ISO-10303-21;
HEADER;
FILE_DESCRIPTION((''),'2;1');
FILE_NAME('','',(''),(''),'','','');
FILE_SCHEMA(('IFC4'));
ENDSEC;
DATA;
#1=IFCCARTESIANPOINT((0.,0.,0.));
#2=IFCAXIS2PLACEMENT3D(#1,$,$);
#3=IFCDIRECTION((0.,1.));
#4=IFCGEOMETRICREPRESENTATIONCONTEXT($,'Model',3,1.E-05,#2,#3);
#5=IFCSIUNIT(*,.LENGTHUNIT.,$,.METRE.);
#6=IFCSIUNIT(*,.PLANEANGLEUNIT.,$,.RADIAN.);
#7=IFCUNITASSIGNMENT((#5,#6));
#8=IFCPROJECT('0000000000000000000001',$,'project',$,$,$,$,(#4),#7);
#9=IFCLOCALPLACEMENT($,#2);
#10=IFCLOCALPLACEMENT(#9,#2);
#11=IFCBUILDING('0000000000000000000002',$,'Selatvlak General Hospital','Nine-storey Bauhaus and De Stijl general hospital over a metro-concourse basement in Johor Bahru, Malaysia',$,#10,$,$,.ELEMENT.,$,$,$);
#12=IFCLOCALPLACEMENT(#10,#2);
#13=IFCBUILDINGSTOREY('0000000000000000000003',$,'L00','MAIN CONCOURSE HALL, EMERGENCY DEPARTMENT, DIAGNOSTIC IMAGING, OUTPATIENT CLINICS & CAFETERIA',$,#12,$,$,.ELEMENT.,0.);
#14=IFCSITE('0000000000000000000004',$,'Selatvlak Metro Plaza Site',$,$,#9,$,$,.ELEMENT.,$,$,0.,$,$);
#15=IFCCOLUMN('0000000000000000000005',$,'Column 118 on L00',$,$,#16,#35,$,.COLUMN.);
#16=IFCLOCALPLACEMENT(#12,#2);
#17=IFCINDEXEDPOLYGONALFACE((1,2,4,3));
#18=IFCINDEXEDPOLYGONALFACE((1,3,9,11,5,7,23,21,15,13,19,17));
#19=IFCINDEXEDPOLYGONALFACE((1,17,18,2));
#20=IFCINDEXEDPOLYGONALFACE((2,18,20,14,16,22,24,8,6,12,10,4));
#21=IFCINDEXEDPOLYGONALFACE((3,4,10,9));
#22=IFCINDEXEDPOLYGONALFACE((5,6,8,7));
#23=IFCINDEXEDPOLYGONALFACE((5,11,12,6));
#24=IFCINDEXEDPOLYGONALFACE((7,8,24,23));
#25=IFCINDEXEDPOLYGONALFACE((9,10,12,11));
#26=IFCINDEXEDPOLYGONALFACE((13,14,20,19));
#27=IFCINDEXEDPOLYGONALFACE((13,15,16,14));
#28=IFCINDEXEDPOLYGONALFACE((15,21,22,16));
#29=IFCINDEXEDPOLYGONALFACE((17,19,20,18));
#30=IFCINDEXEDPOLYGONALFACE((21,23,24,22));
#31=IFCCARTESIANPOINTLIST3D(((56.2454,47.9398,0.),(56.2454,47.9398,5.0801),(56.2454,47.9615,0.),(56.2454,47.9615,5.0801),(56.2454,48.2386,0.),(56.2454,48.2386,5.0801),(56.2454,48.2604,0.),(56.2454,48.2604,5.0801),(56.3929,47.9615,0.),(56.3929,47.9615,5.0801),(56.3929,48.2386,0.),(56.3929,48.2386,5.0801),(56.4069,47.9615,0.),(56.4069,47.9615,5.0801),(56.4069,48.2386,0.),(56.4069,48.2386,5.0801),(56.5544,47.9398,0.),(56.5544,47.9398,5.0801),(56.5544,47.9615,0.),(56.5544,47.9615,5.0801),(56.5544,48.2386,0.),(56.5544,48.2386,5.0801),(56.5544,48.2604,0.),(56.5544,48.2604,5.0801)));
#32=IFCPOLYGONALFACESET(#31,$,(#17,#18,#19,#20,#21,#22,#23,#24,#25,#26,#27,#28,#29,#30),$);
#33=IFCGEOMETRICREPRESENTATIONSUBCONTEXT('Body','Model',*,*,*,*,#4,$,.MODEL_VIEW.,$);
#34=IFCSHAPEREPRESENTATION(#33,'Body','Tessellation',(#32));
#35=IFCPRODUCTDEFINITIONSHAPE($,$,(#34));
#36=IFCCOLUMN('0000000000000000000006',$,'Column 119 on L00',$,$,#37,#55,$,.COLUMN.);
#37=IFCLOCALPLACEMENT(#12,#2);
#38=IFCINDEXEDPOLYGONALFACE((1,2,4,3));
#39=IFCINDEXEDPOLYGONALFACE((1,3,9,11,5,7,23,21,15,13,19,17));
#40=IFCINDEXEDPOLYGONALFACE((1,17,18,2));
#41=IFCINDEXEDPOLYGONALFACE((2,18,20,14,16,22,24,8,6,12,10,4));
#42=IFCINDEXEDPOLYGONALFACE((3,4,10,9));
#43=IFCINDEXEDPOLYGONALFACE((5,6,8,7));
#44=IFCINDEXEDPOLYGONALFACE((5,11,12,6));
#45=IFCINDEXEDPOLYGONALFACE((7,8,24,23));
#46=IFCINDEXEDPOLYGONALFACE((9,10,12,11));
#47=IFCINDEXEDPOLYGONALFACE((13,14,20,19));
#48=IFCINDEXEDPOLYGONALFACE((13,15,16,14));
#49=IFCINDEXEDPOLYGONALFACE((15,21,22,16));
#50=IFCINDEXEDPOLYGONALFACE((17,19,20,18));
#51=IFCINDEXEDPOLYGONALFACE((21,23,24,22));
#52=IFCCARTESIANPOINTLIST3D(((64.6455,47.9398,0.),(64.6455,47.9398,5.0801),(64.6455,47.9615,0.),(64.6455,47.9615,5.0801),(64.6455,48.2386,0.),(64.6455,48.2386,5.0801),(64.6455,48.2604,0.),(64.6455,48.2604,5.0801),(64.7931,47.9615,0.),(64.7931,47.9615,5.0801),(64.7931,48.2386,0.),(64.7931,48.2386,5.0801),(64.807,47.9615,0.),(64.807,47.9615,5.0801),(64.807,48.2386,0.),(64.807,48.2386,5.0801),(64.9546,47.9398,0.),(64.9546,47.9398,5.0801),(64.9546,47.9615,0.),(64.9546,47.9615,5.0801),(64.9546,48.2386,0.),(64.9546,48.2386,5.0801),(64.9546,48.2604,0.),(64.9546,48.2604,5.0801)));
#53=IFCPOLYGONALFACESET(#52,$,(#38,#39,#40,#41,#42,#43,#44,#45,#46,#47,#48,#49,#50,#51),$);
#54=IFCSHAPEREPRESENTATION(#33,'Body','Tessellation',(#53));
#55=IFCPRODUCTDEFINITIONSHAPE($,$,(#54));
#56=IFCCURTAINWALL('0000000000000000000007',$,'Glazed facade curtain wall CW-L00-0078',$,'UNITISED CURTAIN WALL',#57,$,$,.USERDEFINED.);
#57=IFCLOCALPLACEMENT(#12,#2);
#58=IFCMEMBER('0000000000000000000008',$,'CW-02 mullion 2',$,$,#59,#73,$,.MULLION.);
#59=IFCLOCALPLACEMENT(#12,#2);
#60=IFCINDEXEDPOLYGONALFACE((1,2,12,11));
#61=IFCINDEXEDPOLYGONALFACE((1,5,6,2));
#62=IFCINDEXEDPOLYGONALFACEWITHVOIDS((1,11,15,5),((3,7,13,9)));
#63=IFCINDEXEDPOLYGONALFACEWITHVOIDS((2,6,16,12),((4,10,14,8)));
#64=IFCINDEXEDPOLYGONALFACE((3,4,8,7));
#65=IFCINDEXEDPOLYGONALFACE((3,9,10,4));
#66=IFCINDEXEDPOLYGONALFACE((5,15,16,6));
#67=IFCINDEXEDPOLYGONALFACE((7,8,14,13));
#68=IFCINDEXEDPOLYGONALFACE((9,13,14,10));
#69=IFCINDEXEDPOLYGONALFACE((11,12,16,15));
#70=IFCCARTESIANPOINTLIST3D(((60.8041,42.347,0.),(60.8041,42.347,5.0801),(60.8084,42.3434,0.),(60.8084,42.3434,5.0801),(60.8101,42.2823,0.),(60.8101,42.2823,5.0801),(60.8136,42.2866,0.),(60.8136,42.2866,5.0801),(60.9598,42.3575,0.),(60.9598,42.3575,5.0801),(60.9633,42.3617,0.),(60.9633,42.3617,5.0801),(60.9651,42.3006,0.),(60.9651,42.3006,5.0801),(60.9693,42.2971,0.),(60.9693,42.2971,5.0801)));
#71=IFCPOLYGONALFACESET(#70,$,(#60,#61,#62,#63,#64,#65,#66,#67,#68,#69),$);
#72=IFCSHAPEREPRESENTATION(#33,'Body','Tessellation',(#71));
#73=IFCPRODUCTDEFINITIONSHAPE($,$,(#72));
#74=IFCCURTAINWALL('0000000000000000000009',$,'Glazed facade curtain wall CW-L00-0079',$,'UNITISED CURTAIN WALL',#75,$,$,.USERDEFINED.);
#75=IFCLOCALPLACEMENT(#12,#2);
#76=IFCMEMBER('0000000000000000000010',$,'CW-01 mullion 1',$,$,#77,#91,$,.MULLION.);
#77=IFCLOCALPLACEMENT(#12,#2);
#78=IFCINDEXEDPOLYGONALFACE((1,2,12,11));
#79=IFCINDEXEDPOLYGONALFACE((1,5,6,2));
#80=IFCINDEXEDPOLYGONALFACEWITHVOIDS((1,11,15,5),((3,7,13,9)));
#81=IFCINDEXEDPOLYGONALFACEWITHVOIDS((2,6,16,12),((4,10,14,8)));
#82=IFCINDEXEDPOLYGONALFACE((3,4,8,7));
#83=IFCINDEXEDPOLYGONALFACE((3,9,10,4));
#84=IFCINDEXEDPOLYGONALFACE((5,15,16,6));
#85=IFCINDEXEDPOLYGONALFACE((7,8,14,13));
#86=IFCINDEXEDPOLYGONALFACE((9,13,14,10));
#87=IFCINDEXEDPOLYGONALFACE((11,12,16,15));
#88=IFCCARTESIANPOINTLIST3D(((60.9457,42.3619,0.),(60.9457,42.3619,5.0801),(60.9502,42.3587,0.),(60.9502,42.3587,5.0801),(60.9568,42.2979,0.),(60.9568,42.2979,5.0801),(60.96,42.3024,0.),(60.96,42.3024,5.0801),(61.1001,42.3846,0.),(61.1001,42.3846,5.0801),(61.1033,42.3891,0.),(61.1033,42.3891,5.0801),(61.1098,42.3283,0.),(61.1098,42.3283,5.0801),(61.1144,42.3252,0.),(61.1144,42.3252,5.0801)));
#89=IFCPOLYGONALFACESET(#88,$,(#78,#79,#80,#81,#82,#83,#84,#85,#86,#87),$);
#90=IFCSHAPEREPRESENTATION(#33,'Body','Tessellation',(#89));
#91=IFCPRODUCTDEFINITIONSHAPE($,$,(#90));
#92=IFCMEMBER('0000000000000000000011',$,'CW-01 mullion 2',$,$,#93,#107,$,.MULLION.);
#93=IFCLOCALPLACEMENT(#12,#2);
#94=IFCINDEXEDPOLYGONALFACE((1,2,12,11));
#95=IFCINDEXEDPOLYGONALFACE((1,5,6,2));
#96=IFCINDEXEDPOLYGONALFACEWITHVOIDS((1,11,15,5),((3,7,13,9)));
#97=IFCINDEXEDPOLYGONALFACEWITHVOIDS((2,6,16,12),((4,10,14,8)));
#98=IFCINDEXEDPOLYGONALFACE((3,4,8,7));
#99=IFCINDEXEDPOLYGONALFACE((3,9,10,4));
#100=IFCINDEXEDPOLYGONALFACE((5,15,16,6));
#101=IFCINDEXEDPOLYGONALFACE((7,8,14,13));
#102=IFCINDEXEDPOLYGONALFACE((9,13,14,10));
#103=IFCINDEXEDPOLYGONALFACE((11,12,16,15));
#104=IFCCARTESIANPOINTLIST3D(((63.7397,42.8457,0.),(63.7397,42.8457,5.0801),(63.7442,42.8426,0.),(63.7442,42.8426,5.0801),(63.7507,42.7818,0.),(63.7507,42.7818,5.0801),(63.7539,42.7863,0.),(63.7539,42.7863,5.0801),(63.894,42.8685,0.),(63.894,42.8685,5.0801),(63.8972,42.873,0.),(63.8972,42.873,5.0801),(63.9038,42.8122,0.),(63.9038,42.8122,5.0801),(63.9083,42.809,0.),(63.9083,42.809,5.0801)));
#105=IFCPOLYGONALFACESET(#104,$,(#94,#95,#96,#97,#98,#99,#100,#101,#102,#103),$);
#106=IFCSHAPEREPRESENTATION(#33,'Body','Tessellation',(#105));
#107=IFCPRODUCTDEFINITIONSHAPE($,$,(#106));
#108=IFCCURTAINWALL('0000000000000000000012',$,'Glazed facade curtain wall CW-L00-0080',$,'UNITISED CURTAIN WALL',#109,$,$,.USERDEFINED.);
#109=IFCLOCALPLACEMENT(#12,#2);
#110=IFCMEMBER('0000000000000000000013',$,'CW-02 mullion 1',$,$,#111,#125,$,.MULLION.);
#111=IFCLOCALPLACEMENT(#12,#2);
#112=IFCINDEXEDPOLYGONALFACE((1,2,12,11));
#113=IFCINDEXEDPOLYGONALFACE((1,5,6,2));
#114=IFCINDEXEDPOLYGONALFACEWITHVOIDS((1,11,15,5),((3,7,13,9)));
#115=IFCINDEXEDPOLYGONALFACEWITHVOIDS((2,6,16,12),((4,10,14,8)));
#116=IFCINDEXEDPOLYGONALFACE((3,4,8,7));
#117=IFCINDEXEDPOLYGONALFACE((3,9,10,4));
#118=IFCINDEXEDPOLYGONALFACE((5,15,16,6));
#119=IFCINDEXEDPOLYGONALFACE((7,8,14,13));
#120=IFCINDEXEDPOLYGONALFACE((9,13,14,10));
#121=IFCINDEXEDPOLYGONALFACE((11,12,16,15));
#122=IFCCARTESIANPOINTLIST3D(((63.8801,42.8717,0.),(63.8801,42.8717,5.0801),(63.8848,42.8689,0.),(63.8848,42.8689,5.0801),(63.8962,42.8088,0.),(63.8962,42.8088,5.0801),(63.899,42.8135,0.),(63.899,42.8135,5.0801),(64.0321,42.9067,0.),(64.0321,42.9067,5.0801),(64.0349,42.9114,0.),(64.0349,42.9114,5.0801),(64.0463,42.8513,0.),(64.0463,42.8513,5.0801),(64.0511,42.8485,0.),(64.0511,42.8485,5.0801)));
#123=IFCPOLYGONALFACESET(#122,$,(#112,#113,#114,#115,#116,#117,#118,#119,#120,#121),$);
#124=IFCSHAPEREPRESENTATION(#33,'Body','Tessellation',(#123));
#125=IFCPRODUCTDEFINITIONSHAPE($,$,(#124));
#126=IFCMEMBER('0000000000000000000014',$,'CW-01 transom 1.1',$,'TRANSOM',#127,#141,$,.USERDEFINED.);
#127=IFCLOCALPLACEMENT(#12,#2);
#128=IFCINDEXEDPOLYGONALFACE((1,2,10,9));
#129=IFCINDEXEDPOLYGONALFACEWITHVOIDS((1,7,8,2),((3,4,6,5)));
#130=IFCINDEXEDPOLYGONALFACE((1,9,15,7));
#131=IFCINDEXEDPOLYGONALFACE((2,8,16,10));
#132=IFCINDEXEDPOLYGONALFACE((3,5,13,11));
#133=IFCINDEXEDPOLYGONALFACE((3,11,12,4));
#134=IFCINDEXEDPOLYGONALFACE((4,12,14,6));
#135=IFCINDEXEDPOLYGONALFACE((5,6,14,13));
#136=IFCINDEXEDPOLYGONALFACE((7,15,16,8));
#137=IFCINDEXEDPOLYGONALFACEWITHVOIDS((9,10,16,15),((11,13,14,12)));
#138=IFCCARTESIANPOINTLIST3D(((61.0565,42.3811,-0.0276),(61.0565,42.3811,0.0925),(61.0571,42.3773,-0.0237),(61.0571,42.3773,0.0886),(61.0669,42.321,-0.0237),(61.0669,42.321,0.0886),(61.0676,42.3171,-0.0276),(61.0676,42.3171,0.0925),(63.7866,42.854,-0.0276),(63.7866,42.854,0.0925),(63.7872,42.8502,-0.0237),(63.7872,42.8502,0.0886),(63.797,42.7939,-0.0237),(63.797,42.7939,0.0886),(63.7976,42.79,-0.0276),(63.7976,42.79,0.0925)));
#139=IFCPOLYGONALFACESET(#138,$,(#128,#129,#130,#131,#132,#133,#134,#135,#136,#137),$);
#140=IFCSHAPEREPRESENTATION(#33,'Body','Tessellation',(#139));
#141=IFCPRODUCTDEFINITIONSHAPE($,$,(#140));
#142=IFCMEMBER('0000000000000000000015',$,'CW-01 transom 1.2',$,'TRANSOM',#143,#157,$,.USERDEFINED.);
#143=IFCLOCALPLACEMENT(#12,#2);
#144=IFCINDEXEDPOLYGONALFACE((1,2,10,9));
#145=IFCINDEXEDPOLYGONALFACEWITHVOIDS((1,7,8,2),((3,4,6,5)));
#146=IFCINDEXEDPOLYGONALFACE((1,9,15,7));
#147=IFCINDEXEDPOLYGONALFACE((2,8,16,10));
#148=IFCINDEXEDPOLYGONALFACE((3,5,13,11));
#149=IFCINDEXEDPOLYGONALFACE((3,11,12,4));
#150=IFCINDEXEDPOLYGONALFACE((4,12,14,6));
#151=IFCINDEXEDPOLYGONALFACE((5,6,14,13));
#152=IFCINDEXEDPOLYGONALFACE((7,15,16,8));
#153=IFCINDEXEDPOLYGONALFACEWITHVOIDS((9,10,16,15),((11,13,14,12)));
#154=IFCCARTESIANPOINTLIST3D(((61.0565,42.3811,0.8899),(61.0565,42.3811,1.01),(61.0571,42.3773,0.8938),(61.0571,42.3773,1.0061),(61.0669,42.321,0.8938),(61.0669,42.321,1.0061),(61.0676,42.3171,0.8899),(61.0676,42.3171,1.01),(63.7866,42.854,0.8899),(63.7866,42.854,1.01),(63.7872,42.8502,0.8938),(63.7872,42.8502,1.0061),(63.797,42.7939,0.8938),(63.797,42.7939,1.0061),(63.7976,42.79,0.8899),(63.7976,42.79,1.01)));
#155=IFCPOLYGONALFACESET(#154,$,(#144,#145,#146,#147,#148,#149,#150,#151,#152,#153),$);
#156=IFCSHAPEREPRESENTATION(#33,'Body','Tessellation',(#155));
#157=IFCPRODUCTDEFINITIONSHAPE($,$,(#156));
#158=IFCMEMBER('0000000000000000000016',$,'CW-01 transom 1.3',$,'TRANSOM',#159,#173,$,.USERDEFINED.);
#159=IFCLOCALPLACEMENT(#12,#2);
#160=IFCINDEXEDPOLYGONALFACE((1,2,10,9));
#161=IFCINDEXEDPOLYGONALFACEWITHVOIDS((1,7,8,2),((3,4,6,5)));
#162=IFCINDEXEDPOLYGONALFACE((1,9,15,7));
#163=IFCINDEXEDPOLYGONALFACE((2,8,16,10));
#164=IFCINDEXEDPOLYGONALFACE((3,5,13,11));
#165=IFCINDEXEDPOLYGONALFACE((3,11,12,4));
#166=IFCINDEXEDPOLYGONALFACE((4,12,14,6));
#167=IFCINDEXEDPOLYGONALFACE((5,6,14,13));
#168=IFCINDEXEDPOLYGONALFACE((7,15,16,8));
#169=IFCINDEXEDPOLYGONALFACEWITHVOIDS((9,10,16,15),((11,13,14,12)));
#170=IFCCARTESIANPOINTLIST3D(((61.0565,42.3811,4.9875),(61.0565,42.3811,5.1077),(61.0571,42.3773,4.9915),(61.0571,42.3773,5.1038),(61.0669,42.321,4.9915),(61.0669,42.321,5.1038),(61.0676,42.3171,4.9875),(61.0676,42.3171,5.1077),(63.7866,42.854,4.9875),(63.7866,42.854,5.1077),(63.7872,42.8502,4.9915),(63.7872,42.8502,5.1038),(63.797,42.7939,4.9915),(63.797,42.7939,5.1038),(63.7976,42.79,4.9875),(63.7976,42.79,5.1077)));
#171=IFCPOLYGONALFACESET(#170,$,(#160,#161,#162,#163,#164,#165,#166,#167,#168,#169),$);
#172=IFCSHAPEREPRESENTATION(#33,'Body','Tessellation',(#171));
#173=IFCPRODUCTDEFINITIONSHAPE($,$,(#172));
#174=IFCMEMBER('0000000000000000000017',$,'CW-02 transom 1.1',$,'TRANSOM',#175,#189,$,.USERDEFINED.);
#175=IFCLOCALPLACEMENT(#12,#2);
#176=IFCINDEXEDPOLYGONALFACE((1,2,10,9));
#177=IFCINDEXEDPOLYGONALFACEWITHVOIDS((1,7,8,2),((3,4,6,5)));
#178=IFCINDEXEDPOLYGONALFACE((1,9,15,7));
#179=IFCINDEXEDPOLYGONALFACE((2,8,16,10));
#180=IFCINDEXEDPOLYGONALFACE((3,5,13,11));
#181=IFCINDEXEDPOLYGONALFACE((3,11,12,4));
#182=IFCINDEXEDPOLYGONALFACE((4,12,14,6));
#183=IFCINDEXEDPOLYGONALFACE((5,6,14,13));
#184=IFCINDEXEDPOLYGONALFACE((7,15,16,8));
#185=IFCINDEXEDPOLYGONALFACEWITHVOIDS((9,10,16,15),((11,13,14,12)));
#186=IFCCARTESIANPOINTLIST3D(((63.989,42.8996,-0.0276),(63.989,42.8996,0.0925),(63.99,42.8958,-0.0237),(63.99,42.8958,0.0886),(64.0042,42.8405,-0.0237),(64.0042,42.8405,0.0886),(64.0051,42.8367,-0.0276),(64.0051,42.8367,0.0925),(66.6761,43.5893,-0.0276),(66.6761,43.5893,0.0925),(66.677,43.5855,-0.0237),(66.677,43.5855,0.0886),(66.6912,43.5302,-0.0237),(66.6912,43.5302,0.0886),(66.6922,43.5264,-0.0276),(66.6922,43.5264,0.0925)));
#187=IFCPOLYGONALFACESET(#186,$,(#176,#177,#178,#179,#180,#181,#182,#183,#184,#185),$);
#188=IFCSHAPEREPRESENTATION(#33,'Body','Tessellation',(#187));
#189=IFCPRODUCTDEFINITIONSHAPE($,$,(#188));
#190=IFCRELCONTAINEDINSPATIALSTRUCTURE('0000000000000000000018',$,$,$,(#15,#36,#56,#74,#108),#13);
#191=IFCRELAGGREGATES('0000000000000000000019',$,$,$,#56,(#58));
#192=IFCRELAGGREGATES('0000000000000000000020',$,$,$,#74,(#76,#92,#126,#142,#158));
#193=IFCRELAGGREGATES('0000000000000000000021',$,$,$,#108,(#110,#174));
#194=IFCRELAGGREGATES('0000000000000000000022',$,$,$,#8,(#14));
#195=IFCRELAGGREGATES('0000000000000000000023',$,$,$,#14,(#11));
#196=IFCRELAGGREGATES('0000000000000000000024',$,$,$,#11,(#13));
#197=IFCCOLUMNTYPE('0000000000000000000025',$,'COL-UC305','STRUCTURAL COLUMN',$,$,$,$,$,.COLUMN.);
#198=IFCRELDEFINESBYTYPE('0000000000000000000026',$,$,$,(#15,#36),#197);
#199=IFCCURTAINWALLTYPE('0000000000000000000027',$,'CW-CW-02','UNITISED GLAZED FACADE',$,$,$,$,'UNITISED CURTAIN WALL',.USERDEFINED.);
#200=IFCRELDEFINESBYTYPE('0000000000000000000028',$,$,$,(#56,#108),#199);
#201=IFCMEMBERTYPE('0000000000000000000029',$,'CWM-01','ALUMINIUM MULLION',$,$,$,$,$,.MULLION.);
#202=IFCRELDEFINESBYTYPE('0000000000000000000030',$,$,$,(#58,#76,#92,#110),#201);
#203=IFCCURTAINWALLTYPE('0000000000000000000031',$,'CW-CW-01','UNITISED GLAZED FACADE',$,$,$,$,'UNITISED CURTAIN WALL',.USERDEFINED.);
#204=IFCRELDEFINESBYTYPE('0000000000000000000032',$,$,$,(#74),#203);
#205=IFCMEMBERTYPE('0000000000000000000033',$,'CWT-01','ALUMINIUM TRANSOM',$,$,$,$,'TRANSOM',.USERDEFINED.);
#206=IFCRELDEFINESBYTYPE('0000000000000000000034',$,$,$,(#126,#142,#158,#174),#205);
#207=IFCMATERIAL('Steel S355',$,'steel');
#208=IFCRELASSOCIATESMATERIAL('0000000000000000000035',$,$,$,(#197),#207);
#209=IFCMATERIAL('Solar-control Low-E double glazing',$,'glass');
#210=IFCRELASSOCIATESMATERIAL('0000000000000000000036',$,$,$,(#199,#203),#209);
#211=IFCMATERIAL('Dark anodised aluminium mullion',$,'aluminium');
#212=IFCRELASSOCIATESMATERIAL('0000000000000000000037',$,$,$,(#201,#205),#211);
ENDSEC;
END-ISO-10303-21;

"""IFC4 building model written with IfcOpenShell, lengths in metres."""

from ifc_helpers import new_model, si_unit, direction, frame, origin, origin_2d, place, context, subcontext, project, spatial, hollow_rectangle, i_section, extrude, material, material_profile, profile_set, type_object, element, aggregate, save


model = new_model("IFC4")

# Units and contexts
model_context = context("Model", 3, precision=1e-05, world=origin(), true_north=direction((0.0, 1.0)))
body_context = subcontext(model_context, "Body", "Model", "MODEL_VIEW")
ifc_project = project(units=[si_unit("LENGTHUNIT", "METRE"), si_unit("PLANEANGLEUNIT", "RADIAN")], contexts=[model_context])

# Site, building, storey
site_placement = place(None, origin())
site = spatial("IfcSite", under=ifc_project, at=site_placement, Name="Selatvlak Metro Plaza Site", CompositionType="ELEMENT", RefElevation=0.0)
building_placement = place(site_placement, origin())
building = spatial("IfcBuilding", under=site, at=building_placement, Name="Selatvlak General Hospital", Description="Nine-storey Bauhaus and De Stijl general hospital over a metro-concourse basement in Johor Bahru, Malaysia", CompositionType="ELEMENT")
storey_placement = place(building_placement, origin())
storey = spatial("IfcBuildingStorey", under=building, at=storey_placement, Name="L00", Description="MAIN CONCOURSE HALL, EMERGENCY DEPARTMENT, DIAGNOSTIC IMAGING, OUTPATIENT CLINICS & CAFETERIA", CompositionType="ELEMENT", Elevation=0.0)

# Columns
ifc_material_1 = material(Name="Steel S355", Category="steel")
ifc_material_profile_1 = material_profile(ifc_material_1, i_section(OverallWidth=0.3091, OverallDepth=0.3206, WebThickness=0.0139, FlangeThickness=0.0217, at=origin_2d()), Name="UC 305x305x137")
ifc_profile_set_1 = profile_set([ifc_material_profile_1], Name="Steel S355")
column_type = type_object("IfcColumnType", Name="COL-UC305", Description="STRUCTURAL COLUMN", PredefinedType="COLUMN", material=ifc_profile_set_1)
for number, where, z_axis, x_axis, name in (
    (1, (56.3999, 48.1001, 0.0), (0.0, 0.0, 1.0), (1.0, 0.0, 0.0), "Column 118 on L00"),
    (2, (64.8, 48.1001, 0.0), (0.0, 0.0, 1.0), (1.0, 0.0, 0.0), "Column 119 on L00"),
):
    element("IfcColumn", number, at=place(storey_placement, frame(where, z_axis=z_axis, x_axis=x_axis)), inside=storey, type_object=column_type, Name=name, PredefinedType="COLUMN", context=body_context, shape_type="SweptSolid", body=[
        extrude(i_section(OverallWidth=0.3091, OverallDepth=0.3206, WebThickness=0.0139, FlangeThickness=0.0217, at=origin_2d()), origin(), (0.0, 0.0, 1.0), 5.0801),
    ])

# Curtain wall, member
ifc_material_2 = material(Name="Solar-control Low-E double glazing", Category="glass")
curtain_wall_type_1 = type_object("IfcCurtainWallType", Name="CW-CW-02", Description="UNITISED GLAZED FACADE", ElementType="UNITISED CURTAIN WALL", PredefinedType="USERDEFINED", material=ifc_material_2)
curtain_wall_1_placement = place(storey_placement, origin())
curtain_wall_1 = element("IfcCurtainWall", 3, at=curtain_wall_1_placement, inside=storey, type_object=curtain_wall_type_1, Name="Glazed facade curtain wall CW-L00-0078", ObjectType="UNITISED CURTAIN WALL", PredefinedType="USERDEFINED")
ifc_material_3 = material(Name="Dark anodised aluminium mullion", Category="aluminium")
ifc_material_profile_2 = material_profile(ifc_material_3, hollow_rectangle(XDim=0.0649, YDim=0.1599, WallThickness=0.0039, at=origin_2d()), Name="AL-MUL 65x160x4")
ifc_profile_set_2 = profile_set([ifc_material_profile_2], Name="Dark anodised aluminium mullion")
member_type_1 = type_object("IfcMemberType", Name="CWM-01", Description="ALUMINIUM MULLION", PredefinedType="MULLION", material=ifc_profile_set_2)
member_1_placement = place(storey_placement, frame((60.8867, 42.322, 0.0), z_axis=(0.0, 0.0, 1.0), x_axis=(-0.092369, 0.995725, 0.0)))
member_1 = element("IfcMember", 4, at=member_1_placement, type_object=member_type_1, Name="CW-02 mullion 2", PredefinedType="MULLION", context=body_context, shape_type="SweptSolid", body=[
    extrude(hollow_rectangle(XDim=0.0649, YDim=0.1599, WallThickness=0.0039, at=origin_2d()), origin(), (0.0, 0.0, 1.0), 5.0801),
])
aggregate(curtain_wall_1, [member_1])

# Curtain wall, members
curtain_wall_type_2 = type_object("IfcCurtainWallType", Name="CW-CW-01", Description="UNITISED GLAZED FACADE", ElementType="UNITISED CURTAIN WALL", PredefinedType="USERDEFINED", material=ifc_material_2)
curtain_wall_2_placement = place(storey_placement, origin())
curtain_wall_2 = element("IfcCurtainWall", 5, at=curtain_wall_2_placement, inside=storey, type_object=curtain_wall_type_2, Name="Glazed facade curtain wall CW-L00-0079", ObjectType="UNITISED CURTAIN WALL", PredefinedType="USERDEFINED")
member_2_placement = place(storey_placement, frame((61.03, 42.3435, 0.0), z_axis=(0.0, 0.0, 1.0), x_axis=(-0.170657, 0.98533, 0.0)))
member_2 = element("IfcMember", 6, at=member_2_placement, type_object=member_type_1, Name="CW-01 mullion 1", PredefinedType="MULLION", context=body_context, shape_type="SweptSolid", body=[
    extrude(hollow_rectangle(XDim=0.0649, YDim=0.1599, WallThickness=0.0039, at=origin_2d()), origin(), (0.0, 0.0, 1.0), 5.0801),
])
member_3_placement = place(storey_placement, frame((63.824, 42.8274, 0.0), z_axis=(0.0, 0.0, 1.0), x_axis=(-0.170657, 0.98533, 0.0)))
member_3 = element("IfcMember", 7, at=member_3_placement, type_object=member_type_1, Name="CW-01 mullion 2", PredefinedType="MULLION", context=body_context, shape_type="SweptSolid", body=[
    extrude(hollow_rectangle(XDim=0.0649, YDim=0.1599, WallThickness=0.0039, at=origin_2d()), origin(), (0.0, 0.0, 1.0), 5.0801),
])

# Curtain wall, member
curtain_wall_3_placement = place(storey_placement, origin())
curtain_wall_3 = element("IfcCurtainWall", 8, at=curtain_wall_3_placement, inside=storey, type_object=curtain_wall_type_1, Name="Glazed facade curtain wall CW-L00-0080", ObjectType="UNITISED CURTAIN WALL", PredefinedType="USERDEFINED")
member_4_placement = place(storey_placement, frame((63.9656, 42.8601, 0.0), z_axis=(0.0, 0.0, 1.0), x_axis=(-0.248607, 0.968604, 0.0)))
member_4 = element("IfcMember", 9, at=member_4_placement, type_object=member_type_1, Name="CW-02 mullion 1", PredefinedType="MULLION", context=body_context, shape_type="SweptSolid", body=[
    extrude(hollow_rectangle(XDim=0.0649, YDim=0.1599, WallThickness=0.0039, at=origin_2d()), origin(), (0.0, 0.0, 1.0), 5.0801),
])

# Members
ifc_material_profile_3 = material_profile(ifc_material_3, hollow_rectangle(XDim=0.0649, YDim=0.1201, WallThickness=0.0039, at=origin_2d()), Name="AL-TRN 65x120x4")
ifc_profile_set_3 = profile_set([ifc_material_profile_3], Name="Dark anodised aluminium mullion")
member_type_2 = type_object("IfcMemberType", Name="CWT-01", Description="ALUMINIUM TRANSOM", ElementType="TRANSOM", PredefinedType="USERDEFINED", material=ifc_profile_set_3)
member_5_placement = place(storey_placement, frame((61.062, 42.3491, 0.0325), z_axis=(0.985326, 0.170683, 0.0), x_axis=(-0.170683, 0.985326, 0.0)))
member_5 = element("IfcMember", 10, at=member_5_placement, type_object=member_type_2, Name="CW-01 transom 1.1", ObjectType="TRANSOM", PredefinedType="USERDEFINED", context=body_context, shape_type="SweptSolid", body=[
    extrude(hollow_rectangle(XDim=0.0649, YDim=0.1201, WallThickness=0.0039, at=origin_2d()), origin(), (0.0, 0.0, 1.0), 2.7708),
])
member_6_placement = place(storey_placement, frame((61.062, 42.3491, 0.95), z_axis=(0.985326, 0.170683, 0.0), x_axis=(-0.170683, 0.985326, 0.0)))
member_6 = element("IfcMember", 11, at=member_6_placement, type_object=member_type_2, Name="CW-01 transom 1.2", ObjectType="TRANSOM", PredefinedType="USERDEFINED", context=body_context, shape_type="SweptSolid", body=[
    extrude(hollow_rectangle(XDim=0.0649, YDim=0.1201, WallThickness=0.0039, at=origin_2d()), origin(), (0.0, 0.0, 1.0), 2.7708),
])
member_7_placement = place(storey_placement, frame((61.062, 42.3491, 5.0476), z_axis=(0.985326, 0.170683, 0.0), x_axis=(-0.170683, 0.985326, 0.0)))
member_7 = element("IfcMember", 12, at=member_7_placement, type_object=member_type_2, Name="CW-01 transom 1.3", ObjectType="TRANSOM", PredefinedType="USERDEFINED", context=body_context, shape_type="SweptSolid", body=[
    extrude(hollow_rectangle(XDim=0.0649, YDim=0.1201, WallThickness=0.0039, at=origin_2d()), origin(), (0.0, 0.0, 1.0), 2.7708),
])
member_8_placement = place(storey_placement, frame((63.9971, 42.8682, 0.0325), z_axis=(0.968601, 0.248619, 0.0), x_axis=(-0.248619, 0.968601, 0.0)))
member_8 = element("IfcMember", 13, at=member_8_placement, type_object=member_type_2, Name="CW-02 transom 1.1", ObjectType="TRANSOM", PredefinedType="USERDEFINED", context=body_context, shape_type="SweptSolid", body=[
    extrude(hollow_rectangle(XDim=0.0649, YDim=0.1201, WallThickness=0.0039, at=origin_2d()), origin(), (0.0, 0.0, 1.0), 2.7742),
])

aggregate(curtain_wall_2, [member_2, member_3, member_5, member_6, member_7])
aggregate(curtain_wall_3, [member_4, member_8])

save(model, "model.ifc")
